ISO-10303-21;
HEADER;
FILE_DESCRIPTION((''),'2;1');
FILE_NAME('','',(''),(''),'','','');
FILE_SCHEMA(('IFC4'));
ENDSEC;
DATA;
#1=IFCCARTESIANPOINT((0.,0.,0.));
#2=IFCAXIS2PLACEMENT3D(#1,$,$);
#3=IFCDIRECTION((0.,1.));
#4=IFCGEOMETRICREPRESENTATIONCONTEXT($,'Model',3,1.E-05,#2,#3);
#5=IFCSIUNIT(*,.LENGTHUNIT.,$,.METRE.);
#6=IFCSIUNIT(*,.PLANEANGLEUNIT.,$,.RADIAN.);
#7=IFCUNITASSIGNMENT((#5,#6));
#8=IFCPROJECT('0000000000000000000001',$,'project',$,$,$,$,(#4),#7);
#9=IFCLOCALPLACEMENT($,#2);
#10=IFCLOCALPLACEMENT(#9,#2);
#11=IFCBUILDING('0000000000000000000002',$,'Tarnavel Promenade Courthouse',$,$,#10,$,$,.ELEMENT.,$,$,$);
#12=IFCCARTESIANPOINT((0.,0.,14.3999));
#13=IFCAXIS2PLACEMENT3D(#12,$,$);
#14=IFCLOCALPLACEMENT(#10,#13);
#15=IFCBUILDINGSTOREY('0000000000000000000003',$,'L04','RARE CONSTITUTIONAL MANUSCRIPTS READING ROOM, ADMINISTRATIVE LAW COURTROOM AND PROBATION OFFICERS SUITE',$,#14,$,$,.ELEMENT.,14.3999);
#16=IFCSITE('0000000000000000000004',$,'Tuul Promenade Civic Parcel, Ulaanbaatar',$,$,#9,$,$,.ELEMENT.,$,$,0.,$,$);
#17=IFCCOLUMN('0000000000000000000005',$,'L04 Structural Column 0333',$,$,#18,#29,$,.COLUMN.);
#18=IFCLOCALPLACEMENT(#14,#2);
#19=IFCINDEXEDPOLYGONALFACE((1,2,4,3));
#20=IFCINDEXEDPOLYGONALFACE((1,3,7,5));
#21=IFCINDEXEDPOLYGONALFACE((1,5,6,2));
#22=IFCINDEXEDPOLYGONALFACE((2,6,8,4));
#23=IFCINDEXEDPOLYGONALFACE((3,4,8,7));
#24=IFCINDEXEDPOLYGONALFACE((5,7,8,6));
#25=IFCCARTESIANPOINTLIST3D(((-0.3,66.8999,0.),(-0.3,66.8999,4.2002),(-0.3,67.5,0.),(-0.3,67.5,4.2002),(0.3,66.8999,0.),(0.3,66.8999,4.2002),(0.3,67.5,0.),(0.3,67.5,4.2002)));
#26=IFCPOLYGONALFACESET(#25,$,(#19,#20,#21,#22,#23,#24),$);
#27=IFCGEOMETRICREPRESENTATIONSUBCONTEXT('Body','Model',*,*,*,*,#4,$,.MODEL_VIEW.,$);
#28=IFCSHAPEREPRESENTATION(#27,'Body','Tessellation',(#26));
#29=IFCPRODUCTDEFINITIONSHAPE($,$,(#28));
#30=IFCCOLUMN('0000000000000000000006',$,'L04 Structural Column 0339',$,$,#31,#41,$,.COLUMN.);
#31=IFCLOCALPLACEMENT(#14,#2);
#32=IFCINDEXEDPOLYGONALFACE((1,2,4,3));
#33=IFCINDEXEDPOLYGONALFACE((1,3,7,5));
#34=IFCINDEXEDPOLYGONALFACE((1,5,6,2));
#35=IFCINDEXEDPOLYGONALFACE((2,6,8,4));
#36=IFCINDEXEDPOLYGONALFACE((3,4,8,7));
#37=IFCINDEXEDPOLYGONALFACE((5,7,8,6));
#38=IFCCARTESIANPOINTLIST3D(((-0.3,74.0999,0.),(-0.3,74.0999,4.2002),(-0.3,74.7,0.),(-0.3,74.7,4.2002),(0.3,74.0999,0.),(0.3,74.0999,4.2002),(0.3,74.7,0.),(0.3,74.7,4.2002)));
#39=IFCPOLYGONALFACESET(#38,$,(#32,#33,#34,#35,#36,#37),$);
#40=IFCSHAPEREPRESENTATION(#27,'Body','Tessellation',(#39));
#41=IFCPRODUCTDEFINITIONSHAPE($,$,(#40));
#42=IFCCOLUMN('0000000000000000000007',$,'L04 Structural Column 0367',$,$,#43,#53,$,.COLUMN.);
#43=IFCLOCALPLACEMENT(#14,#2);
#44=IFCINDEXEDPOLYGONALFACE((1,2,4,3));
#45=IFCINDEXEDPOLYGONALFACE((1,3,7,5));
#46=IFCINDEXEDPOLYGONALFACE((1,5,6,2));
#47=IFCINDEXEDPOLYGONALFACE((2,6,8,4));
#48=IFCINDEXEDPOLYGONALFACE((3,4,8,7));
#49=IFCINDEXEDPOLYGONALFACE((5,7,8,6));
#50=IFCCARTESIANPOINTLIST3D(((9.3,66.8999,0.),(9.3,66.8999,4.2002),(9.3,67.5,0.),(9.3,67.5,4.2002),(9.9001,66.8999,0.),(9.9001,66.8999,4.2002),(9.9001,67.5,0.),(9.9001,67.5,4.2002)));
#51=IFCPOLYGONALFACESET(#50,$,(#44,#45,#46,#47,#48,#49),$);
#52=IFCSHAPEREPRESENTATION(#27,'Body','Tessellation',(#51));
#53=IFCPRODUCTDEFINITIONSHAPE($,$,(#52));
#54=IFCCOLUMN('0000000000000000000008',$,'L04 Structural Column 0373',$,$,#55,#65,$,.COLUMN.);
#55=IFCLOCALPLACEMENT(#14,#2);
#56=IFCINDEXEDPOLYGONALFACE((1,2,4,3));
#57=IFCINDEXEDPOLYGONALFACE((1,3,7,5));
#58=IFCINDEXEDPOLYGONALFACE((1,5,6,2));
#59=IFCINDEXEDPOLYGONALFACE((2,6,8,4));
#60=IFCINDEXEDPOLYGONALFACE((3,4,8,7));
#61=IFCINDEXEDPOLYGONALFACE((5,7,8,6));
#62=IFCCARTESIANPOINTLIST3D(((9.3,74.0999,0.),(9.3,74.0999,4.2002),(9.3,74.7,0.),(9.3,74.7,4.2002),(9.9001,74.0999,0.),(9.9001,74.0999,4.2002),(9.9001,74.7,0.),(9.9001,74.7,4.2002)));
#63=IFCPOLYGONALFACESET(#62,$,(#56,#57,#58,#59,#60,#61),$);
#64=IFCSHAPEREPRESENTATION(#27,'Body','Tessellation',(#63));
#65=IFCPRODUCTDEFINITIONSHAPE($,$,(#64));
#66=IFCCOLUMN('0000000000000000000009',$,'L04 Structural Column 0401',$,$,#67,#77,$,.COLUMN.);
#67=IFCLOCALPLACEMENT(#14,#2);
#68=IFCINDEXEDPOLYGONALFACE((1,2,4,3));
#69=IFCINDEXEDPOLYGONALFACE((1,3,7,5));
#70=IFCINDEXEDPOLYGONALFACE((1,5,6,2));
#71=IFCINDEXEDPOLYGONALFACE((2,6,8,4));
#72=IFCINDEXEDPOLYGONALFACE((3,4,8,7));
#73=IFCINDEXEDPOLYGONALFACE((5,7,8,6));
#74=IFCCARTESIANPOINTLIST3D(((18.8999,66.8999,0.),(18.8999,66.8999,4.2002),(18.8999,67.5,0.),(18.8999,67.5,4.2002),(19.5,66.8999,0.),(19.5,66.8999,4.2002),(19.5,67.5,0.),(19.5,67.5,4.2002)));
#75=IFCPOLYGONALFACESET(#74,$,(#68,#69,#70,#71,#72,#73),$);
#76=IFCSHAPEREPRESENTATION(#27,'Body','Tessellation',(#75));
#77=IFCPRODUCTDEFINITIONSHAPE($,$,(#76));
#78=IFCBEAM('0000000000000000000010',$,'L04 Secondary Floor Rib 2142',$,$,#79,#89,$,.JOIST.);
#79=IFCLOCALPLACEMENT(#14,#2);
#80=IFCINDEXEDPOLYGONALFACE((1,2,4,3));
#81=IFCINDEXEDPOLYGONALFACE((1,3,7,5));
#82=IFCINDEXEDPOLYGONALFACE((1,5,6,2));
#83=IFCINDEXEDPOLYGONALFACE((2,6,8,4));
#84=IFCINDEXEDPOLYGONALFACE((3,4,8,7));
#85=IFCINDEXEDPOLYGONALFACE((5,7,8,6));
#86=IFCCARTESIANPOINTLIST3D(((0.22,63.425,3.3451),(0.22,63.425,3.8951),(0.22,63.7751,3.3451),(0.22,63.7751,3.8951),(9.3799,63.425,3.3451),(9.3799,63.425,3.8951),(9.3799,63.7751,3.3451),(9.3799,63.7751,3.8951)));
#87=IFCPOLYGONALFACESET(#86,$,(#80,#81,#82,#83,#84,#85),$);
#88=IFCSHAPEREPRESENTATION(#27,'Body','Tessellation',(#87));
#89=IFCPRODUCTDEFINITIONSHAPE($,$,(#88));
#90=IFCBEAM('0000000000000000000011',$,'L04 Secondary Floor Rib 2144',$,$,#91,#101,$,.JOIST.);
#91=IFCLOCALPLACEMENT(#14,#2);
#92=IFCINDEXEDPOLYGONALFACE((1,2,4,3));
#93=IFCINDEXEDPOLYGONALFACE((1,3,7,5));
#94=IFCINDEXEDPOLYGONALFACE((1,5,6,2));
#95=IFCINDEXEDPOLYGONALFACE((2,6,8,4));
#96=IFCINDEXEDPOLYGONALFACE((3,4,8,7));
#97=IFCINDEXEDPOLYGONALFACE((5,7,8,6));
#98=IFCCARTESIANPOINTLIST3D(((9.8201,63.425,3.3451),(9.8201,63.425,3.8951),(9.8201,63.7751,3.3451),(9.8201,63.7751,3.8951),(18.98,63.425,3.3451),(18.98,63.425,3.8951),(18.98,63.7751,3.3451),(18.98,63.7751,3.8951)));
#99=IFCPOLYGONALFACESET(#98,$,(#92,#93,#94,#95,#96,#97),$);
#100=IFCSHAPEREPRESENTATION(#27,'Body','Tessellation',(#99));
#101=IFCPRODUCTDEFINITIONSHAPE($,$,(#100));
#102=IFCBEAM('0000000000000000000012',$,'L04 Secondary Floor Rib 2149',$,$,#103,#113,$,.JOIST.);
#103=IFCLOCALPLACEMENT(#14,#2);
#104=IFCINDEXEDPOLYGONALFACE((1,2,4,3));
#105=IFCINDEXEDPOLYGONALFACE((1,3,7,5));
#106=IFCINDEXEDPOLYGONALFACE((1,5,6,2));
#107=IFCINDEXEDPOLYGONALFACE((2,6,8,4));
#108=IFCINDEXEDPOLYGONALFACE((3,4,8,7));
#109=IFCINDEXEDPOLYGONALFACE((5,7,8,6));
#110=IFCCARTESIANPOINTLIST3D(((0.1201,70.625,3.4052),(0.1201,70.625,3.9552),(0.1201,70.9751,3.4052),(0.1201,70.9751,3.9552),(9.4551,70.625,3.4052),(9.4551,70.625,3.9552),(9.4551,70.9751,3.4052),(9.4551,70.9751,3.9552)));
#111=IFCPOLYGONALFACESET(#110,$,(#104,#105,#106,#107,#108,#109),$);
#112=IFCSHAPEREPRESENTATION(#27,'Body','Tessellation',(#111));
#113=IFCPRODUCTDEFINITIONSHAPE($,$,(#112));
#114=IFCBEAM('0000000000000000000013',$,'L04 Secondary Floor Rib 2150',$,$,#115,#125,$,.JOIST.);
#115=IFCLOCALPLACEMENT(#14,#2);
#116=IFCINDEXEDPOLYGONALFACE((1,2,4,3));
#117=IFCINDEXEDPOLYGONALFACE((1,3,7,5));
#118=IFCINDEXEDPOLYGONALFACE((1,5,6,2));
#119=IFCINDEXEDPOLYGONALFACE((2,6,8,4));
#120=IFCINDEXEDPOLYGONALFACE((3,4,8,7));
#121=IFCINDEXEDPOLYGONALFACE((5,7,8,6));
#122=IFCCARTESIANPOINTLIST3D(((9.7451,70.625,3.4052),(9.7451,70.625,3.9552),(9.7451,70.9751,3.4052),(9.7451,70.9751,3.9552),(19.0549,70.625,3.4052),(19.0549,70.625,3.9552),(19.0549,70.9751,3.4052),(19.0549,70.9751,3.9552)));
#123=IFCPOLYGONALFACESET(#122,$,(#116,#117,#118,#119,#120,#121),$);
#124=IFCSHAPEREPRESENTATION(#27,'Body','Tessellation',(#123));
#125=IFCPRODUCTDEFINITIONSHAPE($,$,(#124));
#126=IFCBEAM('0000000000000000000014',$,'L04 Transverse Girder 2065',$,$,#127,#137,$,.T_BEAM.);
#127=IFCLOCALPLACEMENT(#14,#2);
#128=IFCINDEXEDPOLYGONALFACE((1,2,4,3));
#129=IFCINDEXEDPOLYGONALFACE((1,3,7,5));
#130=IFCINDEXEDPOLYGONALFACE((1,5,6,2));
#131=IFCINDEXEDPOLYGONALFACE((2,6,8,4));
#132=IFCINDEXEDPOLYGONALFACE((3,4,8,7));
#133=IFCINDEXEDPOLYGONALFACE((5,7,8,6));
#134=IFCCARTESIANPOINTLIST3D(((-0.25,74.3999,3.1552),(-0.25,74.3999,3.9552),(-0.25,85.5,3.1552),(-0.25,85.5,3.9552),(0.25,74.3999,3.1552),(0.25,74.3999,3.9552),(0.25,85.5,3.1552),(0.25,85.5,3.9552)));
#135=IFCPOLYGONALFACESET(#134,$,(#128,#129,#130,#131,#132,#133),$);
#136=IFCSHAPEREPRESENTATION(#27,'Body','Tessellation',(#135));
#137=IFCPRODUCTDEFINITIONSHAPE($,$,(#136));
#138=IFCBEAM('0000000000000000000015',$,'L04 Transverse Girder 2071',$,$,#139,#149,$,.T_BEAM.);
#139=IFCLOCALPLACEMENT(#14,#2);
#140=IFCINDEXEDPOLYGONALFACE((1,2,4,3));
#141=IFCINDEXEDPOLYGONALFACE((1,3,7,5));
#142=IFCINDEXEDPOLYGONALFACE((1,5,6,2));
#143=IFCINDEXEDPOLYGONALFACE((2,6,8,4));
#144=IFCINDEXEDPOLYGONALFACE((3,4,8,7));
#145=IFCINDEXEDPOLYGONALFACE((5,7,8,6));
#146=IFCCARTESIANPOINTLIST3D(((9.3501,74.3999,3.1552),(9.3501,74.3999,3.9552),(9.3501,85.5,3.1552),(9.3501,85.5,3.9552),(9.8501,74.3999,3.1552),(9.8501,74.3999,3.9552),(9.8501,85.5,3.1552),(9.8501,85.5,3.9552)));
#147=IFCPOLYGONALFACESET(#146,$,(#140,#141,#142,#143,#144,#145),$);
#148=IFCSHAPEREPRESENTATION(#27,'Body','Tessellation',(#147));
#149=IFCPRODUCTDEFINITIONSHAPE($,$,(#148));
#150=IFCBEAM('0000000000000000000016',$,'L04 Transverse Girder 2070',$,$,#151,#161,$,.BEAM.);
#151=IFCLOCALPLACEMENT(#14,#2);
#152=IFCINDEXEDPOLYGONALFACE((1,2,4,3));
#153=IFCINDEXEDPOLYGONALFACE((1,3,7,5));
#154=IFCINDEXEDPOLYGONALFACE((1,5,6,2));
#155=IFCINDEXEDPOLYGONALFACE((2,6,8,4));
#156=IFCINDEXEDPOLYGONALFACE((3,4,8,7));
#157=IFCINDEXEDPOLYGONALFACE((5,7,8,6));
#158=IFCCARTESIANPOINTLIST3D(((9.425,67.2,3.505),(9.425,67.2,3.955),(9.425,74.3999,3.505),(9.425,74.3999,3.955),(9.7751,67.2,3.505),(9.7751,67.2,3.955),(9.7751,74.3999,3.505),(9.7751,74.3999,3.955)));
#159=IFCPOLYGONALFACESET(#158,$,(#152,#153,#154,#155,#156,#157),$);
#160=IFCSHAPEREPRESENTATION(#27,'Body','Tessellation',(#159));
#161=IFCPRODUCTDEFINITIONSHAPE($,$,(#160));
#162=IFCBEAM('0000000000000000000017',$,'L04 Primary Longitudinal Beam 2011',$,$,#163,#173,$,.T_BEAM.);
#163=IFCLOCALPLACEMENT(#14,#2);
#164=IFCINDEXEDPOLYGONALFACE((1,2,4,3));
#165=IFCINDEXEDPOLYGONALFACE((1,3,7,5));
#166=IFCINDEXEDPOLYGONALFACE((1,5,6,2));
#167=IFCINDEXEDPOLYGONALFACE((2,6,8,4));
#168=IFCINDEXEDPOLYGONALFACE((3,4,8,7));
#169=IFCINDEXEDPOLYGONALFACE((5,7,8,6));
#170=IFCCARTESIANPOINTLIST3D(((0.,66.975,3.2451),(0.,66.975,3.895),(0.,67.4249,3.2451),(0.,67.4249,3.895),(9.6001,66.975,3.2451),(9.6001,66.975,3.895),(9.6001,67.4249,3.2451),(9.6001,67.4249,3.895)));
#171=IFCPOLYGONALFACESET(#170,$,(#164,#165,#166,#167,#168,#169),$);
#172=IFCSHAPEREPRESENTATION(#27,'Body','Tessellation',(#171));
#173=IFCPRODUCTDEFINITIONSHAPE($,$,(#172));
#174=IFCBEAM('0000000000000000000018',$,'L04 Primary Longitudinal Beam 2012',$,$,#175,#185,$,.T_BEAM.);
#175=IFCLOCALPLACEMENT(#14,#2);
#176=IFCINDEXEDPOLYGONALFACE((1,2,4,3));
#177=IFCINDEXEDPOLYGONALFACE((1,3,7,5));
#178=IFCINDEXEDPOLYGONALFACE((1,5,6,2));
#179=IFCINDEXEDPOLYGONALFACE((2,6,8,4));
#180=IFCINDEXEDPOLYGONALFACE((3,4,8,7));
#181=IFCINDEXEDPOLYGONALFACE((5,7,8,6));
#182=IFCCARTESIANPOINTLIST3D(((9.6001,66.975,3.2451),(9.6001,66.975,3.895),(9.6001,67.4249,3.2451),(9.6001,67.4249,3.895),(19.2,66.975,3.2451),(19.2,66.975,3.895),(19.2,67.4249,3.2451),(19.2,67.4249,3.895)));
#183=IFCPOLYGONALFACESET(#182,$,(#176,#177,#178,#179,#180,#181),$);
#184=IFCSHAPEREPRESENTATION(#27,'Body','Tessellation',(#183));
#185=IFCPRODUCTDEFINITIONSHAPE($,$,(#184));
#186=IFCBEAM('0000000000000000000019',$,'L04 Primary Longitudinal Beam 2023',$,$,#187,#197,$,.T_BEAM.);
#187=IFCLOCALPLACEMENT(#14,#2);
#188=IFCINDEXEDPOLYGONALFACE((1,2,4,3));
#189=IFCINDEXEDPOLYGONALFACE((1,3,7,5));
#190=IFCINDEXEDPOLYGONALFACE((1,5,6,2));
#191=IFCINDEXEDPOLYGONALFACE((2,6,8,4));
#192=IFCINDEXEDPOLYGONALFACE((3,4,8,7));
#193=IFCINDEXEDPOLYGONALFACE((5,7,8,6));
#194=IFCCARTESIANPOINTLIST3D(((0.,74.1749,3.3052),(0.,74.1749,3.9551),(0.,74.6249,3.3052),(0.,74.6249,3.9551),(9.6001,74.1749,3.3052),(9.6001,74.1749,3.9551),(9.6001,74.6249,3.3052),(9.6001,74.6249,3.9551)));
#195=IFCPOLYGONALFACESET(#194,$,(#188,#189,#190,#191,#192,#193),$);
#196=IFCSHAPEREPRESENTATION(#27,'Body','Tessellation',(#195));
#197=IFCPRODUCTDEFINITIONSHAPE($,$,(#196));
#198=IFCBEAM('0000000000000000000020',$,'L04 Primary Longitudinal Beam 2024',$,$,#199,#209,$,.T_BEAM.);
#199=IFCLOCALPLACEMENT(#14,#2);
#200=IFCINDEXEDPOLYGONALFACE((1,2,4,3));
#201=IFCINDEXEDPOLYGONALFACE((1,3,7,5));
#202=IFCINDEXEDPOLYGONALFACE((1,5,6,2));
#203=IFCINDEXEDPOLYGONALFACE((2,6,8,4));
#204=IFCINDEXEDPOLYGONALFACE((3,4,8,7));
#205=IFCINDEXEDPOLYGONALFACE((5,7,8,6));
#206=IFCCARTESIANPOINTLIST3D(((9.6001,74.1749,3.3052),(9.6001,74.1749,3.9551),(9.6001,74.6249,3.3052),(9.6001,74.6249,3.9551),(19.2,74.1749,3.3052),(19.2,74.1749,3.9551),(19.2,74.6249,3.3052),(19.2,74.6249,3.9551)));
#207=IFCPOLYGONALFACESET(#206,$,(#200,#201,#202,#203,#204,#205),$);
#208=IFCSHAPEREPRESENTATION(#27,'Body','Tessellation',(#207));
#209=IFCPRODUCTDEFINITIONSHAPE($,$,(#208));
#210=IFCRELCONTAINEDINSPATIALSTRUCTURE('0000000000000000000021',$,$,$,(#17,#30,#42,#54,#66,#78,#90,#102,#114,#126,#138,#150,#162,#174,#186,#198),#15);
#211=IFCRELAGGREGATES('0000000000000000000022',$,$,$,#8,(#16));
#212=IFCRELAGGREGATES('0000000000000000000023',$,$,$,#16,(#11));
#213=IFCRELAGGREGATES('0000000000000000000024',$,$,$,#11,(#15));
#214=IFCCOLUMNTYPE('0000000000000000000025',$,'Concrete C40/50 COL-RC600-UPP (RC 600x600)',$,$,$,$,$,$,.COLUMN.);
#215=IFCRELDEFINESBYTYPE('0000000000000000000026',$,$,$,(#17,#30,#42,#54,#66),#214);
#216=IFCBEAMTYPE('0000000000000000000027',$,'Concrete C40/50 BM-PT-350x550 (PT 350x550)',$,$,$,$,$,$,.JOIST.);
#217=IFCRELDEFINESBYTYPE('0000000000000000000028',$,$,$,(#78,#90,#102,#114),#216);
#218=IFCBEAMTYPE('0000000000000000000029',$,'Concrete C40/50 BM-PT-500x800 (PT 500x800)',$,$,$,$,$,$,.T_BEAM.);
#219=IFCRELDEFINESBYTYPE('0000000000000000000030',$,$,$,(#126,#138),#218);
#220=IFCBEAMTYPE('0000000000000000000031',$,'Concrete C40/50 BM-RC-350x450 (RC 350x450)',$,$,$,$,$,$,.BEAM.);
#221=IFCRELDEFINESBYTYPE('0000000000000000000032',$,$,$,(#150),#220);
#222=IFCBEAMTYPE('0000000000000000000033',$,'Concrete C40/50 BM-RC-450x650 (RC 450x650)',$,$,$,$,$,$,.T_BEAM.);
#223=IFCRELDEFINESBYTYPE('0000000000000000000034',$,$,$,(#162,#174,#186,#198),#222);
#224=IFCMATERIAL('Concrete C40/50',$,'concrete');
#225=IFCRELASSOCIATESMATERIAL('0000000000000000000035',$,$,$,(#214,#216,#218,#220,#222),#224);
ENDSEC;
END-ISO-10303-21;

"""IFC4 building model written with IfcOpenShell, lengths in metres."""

from ifc_helpers import new_model, si_unit, direction, frame, origin, origin_2d, place, context, subcontext, project, spatial, rectangle, extrude, material, material_profile, profile_set, type_object, element, save


model = new_model("IFC4")

# Units and contexts
model_context = context("Model", 3, precision=1e-05, world=origin(), true_north=direction((0.0, 1.0)))
body_context = subcontext(model_context, "Body", "Model", "MODEL_VIEW")
ifc_project = project(units=[si_unit("LENGTHUNIT", "METRE"), si_unit("PLANEANGLEUNIT", "RADIAN")], contexts=[model_context])

# Site, building, storey
site_placement = place(None, origin())
site = spatial("IfcSite", under=ifc_project, at=site_placement, Name="Tuul Promenade Civic Parcel, Ulaanbaatar", CompositionType="ELEMENT", RefElevation=0.0)
building_placement = place(site_placement, origin())
building = spatial("IfcBuilding", under=site, at=building_placement, Name="Tarnavel Promenade Courthouse", CompositionType="ELEMENT")
storey_placement = place(building_placement, frame((0.0, 0.0, 14.3999)))
storey = spatial("IfcBuildingStorey", under=building, at=storey_placement, Name="L04", Description="RARE CONSTITUTIONAL MANUSCRIPTS READING ROOM, ADMINISTRATIVE LAW COURTROOM AND PROBATION OFFICERS SUITE", CompositionType="ELEMENT", Elevation=14.3999)

# Columns
ifc_material_1 = material(Name="Concrete C40/50", Category="concrete")
ifc_material_profile_1 = material_profile(ifc_material_1, rectangle(XDim=0.6001, YDim=0.6001, at=origin_2d()), Name="RC 600x600")
ifc_profile_set_1 = profile_set([ifc_material_profile_1], Name="Concrete C40/50")
column_type = type_object("IfcColumnType", Name="Concrete C40/50 COL-RC600-UPP (RC 600x600)", PredefinedType="COLUMN", material=ifc_profile_set_1)
for number, where, z_axis, x_axis, name in (
    (1, (0.0, 67.2, 0.0), (0.0, 0.0, 1.0), (1.0, 0.0, 0.0), "L04 Structural Column 0333"),
    (2, (0.0, 74.3999, 0.0), (0.0, 0.0, 1.0), (1.0, 0.0, 0.0), "L04 Structural Column 0339"),
    (3, (9.6001, 67.2, 0.0), (0.0, 0.0, 1.0), (1.0, 0.0, 0.0), "L04 Structural Column 0367"),
    (4, (9.6001, 74.3999, 0.0), (0.0, 0.0, 1.0), (1.0, 0.0, 0.0), "L04 Structural Column 0373"),
    (5, (19.2, 67.2, 0.0), (0.0, 0.0, 1.0), (1.0, 0.0, 0.0), "L04 Structural Column 0401"),
):
    element("IfcColumn", number, at=place(storey_placement, frame(where, z_axis=z_axis, x_axis=x_axis)), inside=storey, type_object=column_type, Name=name, PredefinedType="COLUMN", context=body_context, shape_type="SweptSolid", body=[
        extrude(rectangle(XDim=0.6001, YDim=0.6001, at=origin_2d()), origin(), (0.0, 0.0, 1.0), 4.2002),
    ])

# Beams
ifc_material_profile_2 = material_profile(ifc_material_1, rectangle(XDim=0.3501, YDim=0.55, at=origin_2d()), Name="PT 350x550")
ifc_profile_set_2 = profile_set([ifc_material_profile_2], Name="Concrete C40/50")
beam_type_1 = type_object("IfcBeamType", Name="Concrete C40/50 BM-PT-350x550 (PT 350x550)", PredefinedType="JOIST", material=ifc_profile_set_2)
for number, where, z_axis, x_axis, name in (
    (6, (0.22, 63.6001, 3.6201), (1.0, 0.0, 0.0), (0.0, 1.0, 0.0), "L04 Secondary Floor Rib 2142"),
    (7, (9.8201, 63.6001, 3.6201), (1.0, 0.0, 0.0), (0.0, 1.0, 0.0), "L04 Secondary Floor Rib 2144"),
):
    element("IfcBeam", number, at=place(storey_placement, frame(where, z_axis=z_axis, x_axis=x_axis)), inside=storey, type_object=beam_type_1, Name=name, PredefinedType="JOIST", context=body_context, shape_type="SweptSolid", body=[
        extrude(rectangle(XDim=0.3501, YDim=0.55, at=origin_2d()), origin(), (0.0, 0.0, 1.0), 9.1599),
    ])
beam_1_placement = place(storey_placement, frame((0.1201, 70.8, 3.6802), z_axis=(1.0, 0.0, 0.0), x_axis=(0.0, 1.0, 0.0)))
element("IfcBeam", 8, at=beam_1_placement, inside=storey, type_object=beam_type_1, Name="L04 Secondary Floor Rib 2149", PredefinedType="JOIST", context=body_context, shape_type="SweptSolid", body=[
    extrude(rectangle(XDim=0.3501, YDim=0.55, at=origin_2d()), origin(), (0.0, 0.0, 1.0), 9.335),
])
beam_2_placement = place(storey_placement, frame((9.7451, 70.8, 3.6802), z_axis=(1.0, 0.0, 0.0), x_axis=(0.0, 1.0, 0.0)))
element("IfcBeam", 9, at=beam_2_placement, inside=storey, type_object=beam_type_1, Name="L04 Secondary Floor Rib 2150", PredefinedType="JOIST", context=body_context, shape_type="SweptSolid", body=[
    extrude(rectangle(XDim=0.3501, YDim=0.55, at=origin_2d()), origin(), (0.0, 0.0, 1.0), 9.3098),
])
ifc_material_profile_3 = material_profile(ifc_material_1, rectangle(XDim=0.5, YDim=0.8, at=origin_2d()), Name="PT 500x800")
ifc_profile_set_3 = profile_set([ifc_material_profile_3], Name="Concrete C40/50")
beam_type_2 = type_object("IfcBeamType", Name="Concrete C40/50 BM-PT-500x800 (PT 500x800)", PredefinedType="T_BEAM", material=ifc_profile_set_3)
for number, where, z_axis, x_axis, name in (
    (10, (0.0, 74.3999, 3.5552), (0.0, 1.0, 0.0), (-1.0, 0.0, 0.0), "L04 Transverse Girder 2065"),
    (11, (9.6001, 74.3999, 3.5552), (0.0, 1.0, 0.0), (-1.0, 0.0, 0.0), "L04 Transverse Girder 2071"),
):
    element("IfcBeam", number, at=place(storey_placement, frame(where, z_axis=z_axis, x_axis=x_axis)), inside=storey, type_object=beam_type_2, Name=name, PredefinedType="T_BEAM", context=body_context, shape_type="SweptSolid", body=[
        extrude(rectangle(XDim=0.5, YDim=0.8, at=origin_2d()), origin(), (0.0, 0.0, 1.0), 11.1001),
    ])
ifc_material_profile_4 = material_profile(ifc_material_1, rectangle(XDim=0.3501, YDim=0.45, at=origin_2d()), Name="RC 350x450")
ifc_profile_set_4 = profile_set([ifc_material_profile_4], Name="Concrete C40/50")
beam_type_3 = type_object("IfcBeamType", Name="Concrete C40/50 BM-RC-350x450 (RC 350x450)", PredefinedType="BEAM", material=ifc_profile_set_4)
beam_3_placement = place(storey_placement, frame((9.6001, 67.2, 3.73), z_axis=(0.0, 1.0, 0.0), x_axis=(-1.0, 0.0, 0.0)))
element("IfcBeam", 12, at=beam_3_placement, inside=storey, type_object=beam_type_3, Name="L04 Transverse Girder 2070", PredefinedType="BEAM", context=body_context, shape_type="SweptSolid", body=[
    extrude(rectangle(XDim=0.3501, YDim=0.45, at=origin_2d()), origin(), (0.0, 0.0, 1.0), 7.2),
])
ifc_material_profile_5 = material_profile(ifc_material_1, rectangle(XDim=0.45, YDim=0.6499, at=origin_2d()), Name="RC 450x650")
ifc_profile_set_5 = profile_set([ifc_material_profile_5], Name="Concrete C40/50")
beam_type_4 = type_object("IfcBeamType", Name="Concrete C40/50 BM-RC-450x650 (RC 450x650)", PredefinedType="T_BEAM", material=ifc_profile_set_5)
beam_4_placement = place(storey_placement, frame((0.0, 67.2, 3.5701), z_axis=(1.0, 0.0, 0.0), x_axis=(0.0, 1.0, 0.0)))
element("IfcBeam", 13, at=beam_4_placement, inside=storey, type_object=beam_type_4, Name="L04 Primary Longitudinal Beam 2011", PredefinedType="T_BEAM", context=body_context, shape_type="SweptSolid", body=[
    extrude(rectangle(XDim=0.45, YDim=0.6499, at=origin_2d()), origin(), (0.0, 0.0, 1.0), 9.6001),
])
beam_5_placement = place(storey_placement, frame((9.6001, 67.2, 3.5701), z_axis=(1.0, 0.0, 0.0), x_axis=(0.0, 1.0, 0.0)))
element("IfcBeam", 14, at=beam_5_placement, inside=storey, type_object=beam_type_4, Name="L04 Primary Longitudinal Beam 2012", PredefinedType="T_BEAM", context=body_context, shape_type="SweptSolid", body=[
    extrude(rectangle(XDim=0.45, YDim=0.6499, at=origin_2d()), origin(), (0.0, 0.0, 1.0), 9.5999),
])
beam_6_placement = place(storey_placement, frame((0.0, 74.3999, 3.6301), z_axis=(1.0, 0.0, 0.0), x_axis=(0.0, 1.0, 0.0)))
element("IfcBeam", 15, at=beam_6_placement, inside=storey, type_object=beam_type_4, Name="L04 Primary Longitudinal Beam 2023", PredefinedType="T_BEAM", context=body_context, shape_type="SweptSolid", body=[
    extrude(rectangle(XDim=0.45, YDim=0.6499, at=origin_2d()), origin(), (0.0, 0.0, 1.0), 9.6001),
])
beam_7_placement = place(storey_placement, frame((9.6001, 74.3999, 3.6301), z_axis=(1.0, 0.0, 0.0), x_axis=(0.0, 1.0, 0.0)))
element("IfcBeam", 16, at=beam_7_placement, inside=storey, type_object=beam_type_4, Name="L04 Primary Longitudinal Beam 2024", PredefinedType="T_BEAM", context=body_context, shape_type="SweptSolid", body=[
    extrude(rectangle(XDim=0.45, YDim=0.6499, at=origin_2d()), origin(), (0.0, 0.0, 1.0), 9.5999),
])

save(model, "model.ifc")
